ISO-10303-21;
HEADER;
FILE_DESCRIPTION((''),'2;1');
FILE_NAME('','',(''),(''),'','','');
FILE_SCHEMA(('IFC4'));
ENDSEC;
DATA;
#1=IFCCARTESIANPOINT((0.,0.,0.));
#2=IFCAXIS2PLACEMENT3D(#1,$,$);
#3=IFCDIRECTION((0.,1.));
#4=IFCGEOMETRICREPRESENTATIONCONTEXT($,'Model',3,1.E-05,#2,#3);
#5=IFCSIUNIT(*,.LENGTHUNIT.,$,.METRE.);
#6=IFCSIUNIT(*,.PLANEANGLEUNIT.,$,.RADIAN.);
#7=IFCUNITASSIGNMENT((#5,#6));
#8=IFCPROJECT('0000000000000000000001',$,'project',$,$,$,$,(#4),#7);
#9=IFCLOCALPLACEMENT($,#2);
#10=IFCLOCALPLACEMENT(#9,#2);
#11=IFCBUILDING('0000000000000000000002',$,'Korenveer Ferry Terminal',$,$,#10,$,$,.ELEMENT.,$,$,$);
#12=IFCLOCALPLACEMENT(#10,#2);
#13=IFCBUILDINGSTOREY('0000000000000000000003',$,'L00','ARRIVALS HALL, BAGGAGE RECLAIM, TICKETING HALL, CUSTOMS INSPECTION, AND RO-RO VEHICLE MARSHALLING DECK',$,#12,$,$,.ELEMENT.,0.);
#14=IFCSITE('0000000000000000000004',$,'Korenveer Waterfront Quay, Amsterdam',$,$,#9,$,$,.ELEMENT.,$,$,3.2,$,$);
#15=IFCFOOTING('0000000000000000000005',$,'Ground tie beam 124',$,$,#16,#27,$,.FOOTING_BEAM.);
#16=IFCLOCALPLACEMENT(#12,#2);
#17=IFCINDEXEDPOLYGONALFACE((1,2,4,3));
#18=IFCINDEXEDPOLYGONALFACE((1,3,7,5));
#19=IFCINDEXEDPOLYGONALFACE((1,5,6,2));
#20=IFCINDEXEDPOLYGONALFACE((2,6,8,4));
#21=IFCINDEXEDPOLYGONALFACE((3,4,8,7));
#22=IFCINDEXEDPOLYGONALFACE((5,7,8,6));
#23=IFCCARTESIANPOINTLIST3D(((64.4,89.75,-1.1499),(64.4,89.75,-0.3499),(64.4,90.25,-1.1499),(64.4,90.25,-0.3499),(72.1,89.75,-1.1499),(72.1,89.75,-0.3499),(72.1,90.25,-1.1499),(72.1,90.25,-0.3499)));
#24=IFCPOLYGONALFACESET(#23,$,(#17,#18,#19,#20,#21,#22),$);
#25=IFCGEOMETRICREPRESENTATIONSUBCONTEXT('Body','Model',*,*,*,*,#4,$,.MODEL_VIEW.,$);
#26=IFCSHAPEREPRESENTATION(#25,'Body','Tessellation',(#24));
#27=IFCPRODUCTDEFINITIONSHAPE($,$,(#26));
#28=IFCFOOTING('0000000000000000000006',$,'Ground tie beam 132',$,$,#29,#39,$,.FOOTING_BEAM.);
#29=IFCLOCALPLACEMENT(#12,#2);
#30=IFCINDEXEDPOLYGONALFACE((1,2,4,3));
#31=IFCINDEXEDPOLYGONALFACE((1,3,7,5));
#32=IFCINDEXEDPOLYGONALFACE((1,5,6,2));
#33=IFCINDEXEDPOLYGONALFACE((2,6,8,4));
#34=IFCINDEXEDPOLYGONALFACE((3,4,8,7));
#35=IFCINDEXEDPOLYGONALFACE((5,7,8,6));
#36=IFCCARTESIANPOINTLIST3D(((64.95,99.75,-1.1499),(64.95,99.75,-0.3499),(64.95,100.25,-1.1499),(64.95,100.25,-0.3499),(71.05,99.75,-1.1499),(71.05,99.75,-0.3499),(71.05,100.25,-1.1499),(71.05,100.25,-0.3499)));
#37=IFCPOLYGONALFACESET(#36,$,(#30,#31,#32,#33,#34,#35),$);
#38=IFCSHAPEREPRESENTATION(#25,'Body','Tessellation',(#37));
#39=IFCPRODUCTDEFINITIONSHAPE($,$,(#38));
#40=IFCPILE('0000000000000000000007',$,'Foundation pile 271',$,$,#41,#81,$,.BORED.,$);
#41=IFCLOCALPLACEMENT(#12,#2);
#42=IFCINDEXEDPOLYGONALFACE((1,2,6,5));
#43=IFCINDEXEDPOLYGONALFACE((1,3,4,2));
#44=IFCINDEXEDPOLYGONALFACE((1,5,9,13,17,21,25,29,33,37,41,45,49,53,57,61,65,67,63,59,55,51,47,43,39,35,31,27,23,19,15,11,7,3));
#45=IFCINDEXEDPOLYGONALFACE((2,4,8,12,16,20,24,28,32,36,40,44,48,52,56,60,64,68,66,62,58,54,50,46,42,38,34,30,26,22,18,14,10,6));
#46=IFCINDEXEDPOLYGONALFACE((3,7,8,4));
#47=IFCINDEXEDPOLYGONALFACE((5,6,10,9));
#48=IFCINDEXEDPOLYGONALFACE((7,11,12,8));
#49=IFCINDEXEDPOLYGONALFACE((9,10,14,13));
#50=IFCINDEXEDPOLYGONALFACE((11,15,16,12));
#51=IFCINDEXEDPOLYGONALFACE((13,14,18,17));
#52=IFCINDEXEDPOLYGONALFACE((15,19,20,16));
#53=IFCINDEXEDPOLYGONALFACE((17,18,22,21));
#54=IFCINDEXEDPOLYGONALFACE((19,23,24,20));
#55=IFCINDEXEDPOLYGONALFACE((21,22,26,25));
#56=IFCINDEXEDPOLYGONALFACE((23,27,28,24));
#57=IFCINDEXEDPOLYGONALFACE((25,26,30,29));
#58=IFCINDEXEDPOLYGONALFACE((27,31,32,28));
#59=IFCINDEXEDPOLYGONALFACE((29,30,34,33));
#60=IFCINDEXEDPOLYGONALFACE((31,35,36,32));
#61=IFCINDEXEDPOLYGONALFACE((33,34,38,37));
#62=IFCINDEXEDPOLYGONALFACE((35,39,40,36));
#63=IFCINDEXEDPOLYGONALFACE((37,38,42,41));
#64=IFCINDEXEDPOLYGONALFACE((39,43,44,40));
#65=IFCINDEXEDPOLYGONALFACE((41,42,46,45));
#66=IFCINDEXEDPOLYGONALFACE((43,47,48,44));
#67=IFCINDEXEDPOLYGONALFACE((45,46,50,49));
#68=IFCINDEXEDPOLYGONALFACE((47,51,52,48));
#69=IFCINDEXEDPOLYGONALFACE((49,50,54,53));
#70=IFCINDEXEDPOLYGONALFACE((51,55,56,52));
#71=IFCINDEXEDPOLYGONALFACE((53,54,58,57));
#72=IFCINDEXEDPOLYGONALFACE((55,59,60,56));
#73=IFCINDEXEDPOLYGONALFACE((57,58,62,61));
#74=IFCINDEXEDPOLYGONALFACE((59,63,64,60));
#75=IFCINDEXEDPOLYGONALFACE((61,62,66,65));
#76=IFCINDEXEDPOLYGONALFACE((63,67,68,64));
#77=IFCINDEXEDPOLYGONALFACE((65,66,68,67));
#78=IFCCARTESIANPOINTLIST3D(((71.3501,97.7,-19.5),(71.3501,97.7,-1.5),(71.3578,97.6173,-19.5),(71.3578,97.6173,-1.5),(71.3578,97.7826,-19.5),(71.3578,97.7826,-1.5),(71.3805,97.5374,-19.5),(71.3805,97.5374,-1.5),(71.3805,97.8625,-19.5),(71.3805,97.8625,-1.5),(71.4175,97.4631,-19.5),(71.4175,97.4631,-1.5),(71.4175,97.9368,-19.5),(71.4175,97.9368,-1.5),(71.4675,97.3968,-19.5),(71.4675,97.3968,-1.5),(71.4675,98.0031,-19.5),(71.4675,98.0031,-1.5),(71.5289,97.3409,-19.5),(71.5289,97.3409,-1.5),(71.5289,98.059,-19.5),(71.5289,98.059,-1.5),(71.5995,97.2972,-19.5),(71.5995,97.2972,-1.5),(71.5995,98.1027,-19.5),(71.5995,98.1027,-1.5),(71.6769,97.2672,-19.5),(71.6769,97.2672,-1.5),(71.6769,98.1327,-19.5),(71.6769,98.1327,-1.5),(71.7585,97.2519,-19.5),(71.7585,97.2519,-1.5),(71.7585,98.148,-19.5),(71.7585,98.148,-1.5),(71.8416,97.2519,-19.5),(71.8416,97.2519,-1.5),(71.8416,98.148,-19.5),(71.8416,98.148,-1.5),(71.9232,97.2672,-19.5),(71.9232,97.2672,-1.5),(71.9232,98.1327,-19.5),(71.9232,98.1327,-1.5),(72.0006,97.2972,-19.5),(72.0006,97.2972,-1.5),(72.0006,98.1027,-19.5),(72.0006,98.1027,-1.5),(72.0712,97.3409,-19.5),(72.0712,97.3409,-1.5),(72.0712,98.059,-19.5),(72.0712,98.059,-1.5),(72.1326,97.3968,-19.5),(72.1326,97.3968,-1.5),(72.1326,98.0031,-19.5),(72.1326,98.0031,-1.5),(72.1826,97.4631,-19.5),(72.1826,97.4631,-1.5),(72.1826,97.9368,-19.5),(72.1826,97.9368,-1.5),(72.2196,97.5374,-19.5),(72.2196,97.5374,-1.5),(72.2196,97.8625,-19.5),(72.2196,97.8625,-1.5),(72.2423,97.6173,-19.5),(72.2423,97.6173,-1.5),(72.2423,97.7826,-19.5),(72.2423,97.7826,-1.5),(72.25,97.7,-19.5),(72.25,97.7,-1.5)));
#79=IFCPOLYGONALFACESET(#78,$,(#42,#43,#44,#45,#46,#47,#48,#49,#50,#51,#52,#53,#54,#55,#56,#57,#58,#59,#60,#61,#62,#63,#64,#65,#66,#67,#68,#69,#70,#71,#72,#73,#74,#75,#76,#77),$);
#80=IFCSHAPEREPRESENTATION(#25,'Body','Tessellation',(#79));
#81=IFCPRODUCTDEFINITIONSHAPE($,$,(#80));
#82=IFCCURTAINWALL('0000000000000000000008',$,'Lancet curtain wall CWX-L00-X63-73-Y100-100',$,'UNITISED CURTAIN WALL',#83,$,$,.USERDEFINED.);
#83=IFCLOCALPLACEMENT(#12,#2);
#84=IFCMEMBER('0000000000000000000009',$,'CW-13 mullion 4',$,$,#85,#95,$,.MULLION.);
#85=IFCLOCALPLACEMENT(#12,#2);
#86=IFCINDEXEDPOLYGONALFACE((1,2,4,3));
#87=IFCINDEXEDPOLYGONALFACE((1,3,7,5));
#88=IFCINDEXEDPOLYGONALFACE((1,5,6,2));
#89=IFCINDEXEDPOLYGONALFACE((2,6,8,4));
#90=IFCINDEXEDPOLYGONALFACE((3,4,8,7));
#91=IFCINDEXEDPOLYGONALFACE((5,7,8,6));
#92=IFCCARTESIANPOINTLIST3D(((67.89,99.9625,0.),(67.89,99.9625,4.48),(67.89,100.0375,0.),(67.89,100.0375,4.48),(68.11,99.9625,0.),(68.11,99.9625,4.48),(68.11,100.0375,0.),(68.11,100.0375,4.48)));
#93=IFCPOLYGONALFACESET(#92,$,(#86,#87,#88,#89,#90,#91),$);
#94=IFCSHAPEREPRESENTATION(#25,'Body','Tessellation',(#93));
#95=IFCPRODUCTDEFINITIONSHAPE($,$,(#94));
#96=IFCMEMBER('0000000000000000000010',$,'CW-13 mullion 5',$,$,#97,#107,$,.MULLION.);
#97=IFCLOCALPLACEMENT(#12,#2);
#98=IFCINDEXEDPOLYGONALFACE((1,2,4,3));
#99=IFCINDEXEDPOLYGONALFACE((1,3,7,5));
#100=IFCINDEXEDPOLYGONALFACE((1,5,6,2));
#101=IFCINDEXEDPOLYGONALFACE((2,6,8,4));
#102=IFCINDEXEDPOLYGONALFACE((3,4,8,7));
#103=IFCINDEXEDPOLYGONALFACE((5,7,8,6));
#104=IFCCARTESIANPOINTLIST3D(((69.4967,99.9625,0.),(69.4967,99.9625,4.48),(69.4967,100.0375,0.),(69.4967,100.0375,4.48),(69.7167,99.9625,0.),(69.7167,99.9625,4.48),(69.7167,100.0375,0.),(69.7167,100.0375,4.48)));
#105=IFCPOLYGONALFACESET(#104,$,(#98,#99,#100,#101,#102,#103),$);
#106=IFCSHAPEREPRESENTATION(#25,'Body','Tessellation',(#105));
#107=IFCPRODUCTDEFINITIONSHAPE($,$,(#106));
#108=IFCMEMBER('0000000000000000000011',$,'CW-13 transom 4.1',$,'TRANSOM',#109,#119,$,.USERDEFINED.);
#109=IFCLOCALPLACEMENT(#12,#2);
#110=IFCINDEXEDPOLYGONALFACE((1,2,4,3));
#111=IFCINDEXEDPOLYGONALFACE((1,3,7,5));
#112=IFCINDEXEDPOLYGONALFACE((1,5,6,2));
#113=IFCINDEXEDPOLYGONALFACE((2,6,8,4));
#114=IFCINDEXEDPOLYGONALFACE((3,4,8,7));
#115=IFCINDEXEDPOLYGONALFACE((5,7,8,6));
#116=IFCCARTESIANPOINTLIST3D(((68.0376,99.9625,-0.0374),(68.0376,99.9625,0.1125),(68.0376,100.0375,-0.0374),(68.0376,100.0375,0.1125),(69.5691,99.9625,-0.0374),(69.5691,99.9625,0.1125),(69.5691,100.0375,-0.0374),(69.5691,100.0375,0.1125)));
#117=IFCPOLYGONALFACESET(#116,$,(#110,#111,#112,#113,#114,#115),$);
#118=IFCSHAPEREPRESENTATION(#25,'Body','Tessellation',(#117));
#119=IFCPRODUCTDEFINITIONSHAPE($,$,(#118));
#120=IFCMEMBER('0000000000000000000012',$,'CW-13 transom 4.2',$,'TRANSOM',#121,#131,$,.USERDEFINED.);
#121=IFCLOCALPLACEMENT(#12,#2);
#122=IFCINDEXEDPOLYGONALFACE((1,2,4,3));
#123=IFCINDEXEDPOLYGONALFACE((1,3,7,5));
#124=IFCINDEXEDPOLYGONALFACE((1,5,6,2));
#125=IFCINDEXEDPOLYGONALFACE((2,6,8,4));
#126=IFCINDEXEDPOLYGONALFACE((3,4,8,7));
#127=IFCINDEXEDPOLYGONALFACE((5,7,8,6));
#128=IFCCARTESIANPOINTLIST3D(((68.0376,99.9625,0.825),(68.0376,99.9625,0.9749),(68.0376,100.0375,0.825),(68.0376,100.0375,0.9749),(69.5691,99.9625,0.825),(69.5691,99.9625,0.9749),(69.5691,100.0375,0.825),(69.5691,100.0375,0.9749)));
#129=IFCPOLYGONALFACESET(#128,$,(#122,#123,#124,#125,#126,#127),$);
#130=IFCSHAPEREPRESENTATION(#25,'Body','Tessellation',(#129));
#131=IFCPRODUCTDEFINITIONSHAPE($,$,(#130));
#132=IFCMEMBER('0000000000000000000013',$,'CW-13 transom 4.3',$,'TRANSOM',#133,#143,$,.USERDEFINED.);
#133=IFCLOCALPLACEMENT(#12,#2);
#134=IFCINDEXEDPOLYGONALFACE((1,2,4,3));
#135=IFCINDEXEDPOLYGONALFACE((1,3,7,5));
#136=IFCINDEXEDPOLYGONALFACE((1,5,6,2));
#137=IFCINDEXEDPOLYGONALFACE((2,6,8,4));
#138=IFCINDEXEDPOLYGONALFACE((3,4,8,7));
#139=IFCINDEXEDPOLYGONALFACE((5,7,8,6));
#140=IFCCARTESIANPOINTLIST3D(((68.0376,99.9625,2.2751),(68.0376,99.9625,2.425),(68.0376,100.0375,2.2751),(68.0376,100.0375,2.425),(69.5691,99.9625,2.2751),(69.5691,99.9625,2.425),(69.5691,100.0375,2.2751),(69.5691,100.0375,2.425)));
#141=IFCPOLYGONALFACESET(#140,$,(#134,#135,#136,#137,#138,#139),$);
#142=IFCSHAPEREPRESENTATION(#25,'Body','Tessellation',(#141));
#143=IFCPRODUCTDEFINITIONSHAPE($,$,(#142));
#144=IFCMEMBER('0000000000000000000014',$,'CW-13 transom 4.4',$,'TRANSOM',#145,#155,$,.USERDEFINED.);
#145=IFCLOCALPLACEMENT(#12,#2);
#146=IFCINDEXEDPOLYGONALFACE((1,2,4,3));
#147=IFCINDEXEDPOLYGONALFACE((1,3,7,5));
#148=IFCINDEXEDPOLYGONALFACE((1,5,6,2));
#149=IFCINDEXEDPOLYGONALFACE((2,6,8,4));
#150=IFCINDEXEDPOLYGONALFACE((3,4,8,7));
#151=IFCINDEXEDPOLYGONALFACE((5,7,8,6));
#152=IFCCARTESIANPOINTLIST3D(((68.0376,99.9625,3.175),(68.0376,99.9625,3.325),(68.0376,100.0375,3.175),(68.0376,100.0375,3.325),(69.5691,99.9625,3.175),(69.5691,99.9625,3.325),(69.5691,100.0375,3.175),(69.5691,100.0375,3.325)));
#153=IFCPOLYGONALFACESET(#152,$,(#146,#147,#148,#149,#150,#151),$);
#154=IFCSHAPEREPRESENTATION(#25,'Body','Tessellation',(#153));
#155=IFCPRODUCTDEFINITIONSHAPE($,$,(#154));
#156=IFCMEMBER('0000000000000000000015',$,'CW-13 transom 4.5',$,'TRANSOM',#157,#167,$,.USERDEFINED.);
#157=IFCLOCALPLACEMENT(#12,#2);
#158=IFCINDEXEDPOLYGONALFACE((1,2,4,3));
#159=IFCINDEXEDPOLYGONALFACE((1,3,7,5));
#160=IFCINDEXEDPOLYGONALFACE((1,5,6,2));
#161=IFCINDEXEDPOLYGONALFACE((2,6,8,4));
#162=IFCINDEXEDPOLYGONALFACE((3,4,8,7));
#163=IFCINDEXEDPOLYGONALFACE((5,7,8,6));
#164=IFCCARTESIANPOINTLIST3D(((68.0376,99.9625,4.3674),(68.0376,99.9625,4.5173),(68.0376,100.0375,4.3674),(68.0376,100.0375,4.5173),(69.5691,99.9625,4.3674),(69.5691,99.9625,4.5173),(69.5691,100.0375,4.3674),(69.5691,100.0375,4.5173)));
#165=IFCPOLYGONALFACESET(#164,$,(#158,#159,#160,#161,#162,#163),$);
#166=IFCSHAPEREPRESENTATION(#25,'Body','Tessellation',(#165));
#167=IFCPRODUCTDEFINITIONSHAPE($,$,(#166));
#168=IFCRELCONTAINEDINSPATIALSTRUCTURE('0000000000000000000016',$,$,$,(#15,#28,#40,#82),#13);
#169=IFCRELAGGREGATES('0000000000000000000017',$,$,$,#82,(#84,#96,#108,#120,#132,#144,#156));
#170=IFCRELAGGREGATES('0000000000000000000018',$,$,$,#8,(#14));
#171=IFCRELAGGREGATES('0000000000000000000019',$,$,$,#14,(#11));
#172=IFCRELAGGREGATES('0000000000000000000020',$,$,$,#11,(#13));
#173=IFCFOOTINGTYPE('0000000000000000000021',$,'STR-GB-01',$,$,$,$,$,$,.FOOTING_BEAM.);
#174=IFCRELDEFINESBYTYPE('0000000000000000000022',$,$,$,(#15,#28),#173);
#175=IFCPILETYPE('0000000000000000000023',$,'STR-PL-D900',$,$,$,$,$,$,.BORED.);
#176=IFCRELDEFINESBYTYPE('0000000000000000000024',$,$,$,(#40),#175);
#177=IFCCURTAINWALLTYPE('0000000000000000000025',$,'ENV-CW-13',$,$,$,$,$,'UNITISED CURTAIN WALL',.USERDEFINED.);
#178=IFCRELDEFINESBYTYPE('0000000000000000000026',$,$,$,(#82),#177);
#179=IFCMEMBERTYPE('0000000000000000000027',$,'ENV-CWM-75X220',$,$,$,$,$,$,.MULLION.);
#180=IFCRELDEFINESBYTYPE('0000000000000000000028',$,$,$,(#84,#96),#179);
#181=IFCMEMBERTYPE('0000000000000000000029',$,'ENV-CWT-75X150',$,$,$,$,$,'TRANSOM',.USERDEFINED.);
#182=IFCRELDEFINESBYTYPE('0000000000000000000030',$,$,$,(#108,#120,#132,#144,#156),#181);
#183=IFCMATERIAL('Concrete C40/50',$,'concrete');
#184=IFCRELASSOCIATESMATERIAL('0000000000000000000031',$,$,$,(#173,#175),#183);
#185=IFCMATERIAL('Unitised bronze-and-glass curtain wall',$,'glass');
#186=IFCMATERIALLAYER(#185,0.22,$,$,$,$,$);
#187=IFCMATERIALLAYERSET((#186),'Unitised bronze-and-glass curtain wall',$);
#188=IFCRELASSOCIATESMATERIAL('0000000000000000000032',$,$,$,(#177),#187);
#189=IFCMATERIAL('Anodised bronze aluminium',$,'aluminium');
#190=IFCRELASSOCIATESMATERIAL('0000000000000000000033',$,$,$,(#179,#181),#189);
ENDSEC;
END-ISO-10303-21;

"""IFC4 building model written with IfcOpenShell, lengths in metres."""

from ifc_helpers import new_model, si_unit, direction, frame, origin, origin_2d, place, context, subcontext, project, spatial, rectangle, circle, extrude, material, layer, layer_set, material_profile, profile_set, type_object, element, aggregate, save


model = new_model("IFC4")

# Units and contexts
model_context = context("Model", 3, precision=1e-05, world=origin(), true_north=direction((0.0, 1.0)))
body_context = subcontext(model_context, "Body", "Model", "MODEL_VIEW")
ifc_project = project(units=[si_unit("LENGTHUNIT", "METRE"), si_unit("PLANEANGLEUNIT", "RADIAN")], contexts=[model_context])

# Site, building, storey
site_placement = place(None, origin())
site = spatial("IfcSite", under=ifc_project, at=site_placement, Name="Korenveer Waterfront Quay, Amsterdam", CompositionType="ELEMENT", RefElevation=3.2)
building_placement = place(site_placement, origin())
building = spatial("IfcBuilding", under=site, at=building_placement, Name="Korenveer Ferry Terminal", CompositionType="ELEMENT")
storey_placement = place(building_placement, origin())
storey = spatial("IfcBuildingStorey", under=building, at=storey_placement, Name="L00", Description="ARRIVALS HALL, BAGGAGE RECLAIM, TICKETING HALL, CUSTOMS INSPECTION, AND RO-RO VEHICLE MARSHALLING DECK", CompositionType="ELEMENT", Elevation=0.0)

# Footings
ifc_material_1 = material(Name="Concrete C40/50", Category="concrete")
footing_type = type_object("IfcFootingType", Name="STR-GB-01", PredefinedType="FOOTING_BEAM", material=ifc_material_1)
footing_1_placement = place(storey_placement, frame((68.25, 90.0, -1.1499), z_axis=(0.0, 0.0, 1.0), x_axis=(1.0, 0.0, 0.0)))
element("IfcFooting", 1, at=footing_1_placement, inside=storey, type_object=footing_type, Name="Ground tie beam 124", PredefinedType="FOOTING_BEAM", context=body_context, shape_type="SweptSolid", body=[
    extrude(rectangle(XDim=7.7, YDim=0.5, at=origin_2d()), origin(), (0.0, 0.0, 1.0), 0.8),
])
footing_2_placement = place(storey_placement, frame((68.0, 100.0, -1.1499), z_axis=(0.0, 0.0, 1.0), x_axis=(1.0, 0.0, 0.0)))
element("IfcFooting", 2, at=footing_2_placement, inside=storey, type_object=footing_type, Name="Ground tie beam 132", PredefinedType="FOOTING_BEAM", context=body_context, shape_type="SweptSolid", body=[
    extrude(rectangle(XDim=6.1001, YDim=0.5, at=origin_2d()), origin(), (0.0, 0.0, 1.0), 0.8),
])

# Pile
ifc_material_profile_1 = material_profile(ifc_material_1, circle(Radius=0.45, at=origin_2d()), Name="PILE D900")
ifc_profile_set_1 = profile_set([ifc_material_profile_1], Name="Concrete C40/50")
pile_type = type_object("IfcPileType", Name="STR-PL-D900", PredefinedType="BORED", material=ifc_profile_set_1)
pile_placement = place(storey_placement, frame((71.8, 97.7, -1.5), z_axis=(0.0, 0.0, -1.0), x_axis=(1.0, 0.0, 0.0)))
element("IfcPile", 3, at=pile_placement, inside=storey, type_object=pile_type, Name="Foundation pile 271", PredefinedType="BORED", context=body_context, shape_type="SweptSolid", body=[
    extrude(circle(Radius=0.45, at=origin_2d()), origin(), (0.0, 0.0, 1.0), 18.0),
])

# Curtain wall, members
ifc_material_2 = material(Name="Unitised bronze-and-glass curtain wall", Category="glass")
ifc_layer_1 = layer(ifc_material_2, 0.22)
ifc_layer_set_1 = layer_set([ifc_layer_1], Name="Unitised bronze-and-glass curtain wall")
curtain_wall_type = type_object("IfcCurtainWallType", Name="ENV-CW-13", ElementType="UNITISED CURTAIN WALL", PredefinedType="USERDEFINED", material=ifc_layer_set_1)
curtain_wall_placement = place(storey_placement, frame((63.1799, 100.0, 0.0)))
curtain_wall = element("IfcCurtainWall", 4, at=curtain_wall_placement, inside=storey, type_object=curtain_wall_type, Name="Lancet curtain wall CWX-L00-X63-73-Y100-100", ObjectType="UNITISED CURTAIN WALL", PredefinedType="USERDEFINED")
ifc_material_3 = material(Name="Anodised bronze aluminium", Category="aluminium")
ifc_material_profile_2 = material_profile(ifc_material_3, rectangle(XDim=0.075, YDim=0.22, at=origin_2d()), Name="ALU 75x220")
ifc_profile_set_2 = profile_set([ifc_material_profile_2], Name="Anodised bronze aluminium")
member_type_1 = type_object("IfcMemberType", Name="ENV-CWM-75X220", PredefinedType="MULLION", material=ifc_profile_set_2)
member_1_placement = place(storey_placement, frame((68.0, 100.0, 0.0), z_axis=(0.0, 0.0, 1.0), x_axis=(0.0, 1.0, 0.0)))
member_1 = element("IfcMember", 5, at=member_1_placement, type_object=member_type_1, Name="CW-13 mullion 4", PredefinedType="MULLION", context=body_context, shape_type="SweptSolid", body=[
    extrude(rectangle(XDim=0.075, YDim=0.22, at=origin_2d()), origin(), (0.0, 0.0, 1.0), 4.48),
])
member_2_placement = place(storey_placement, frame((69.6067, 100.0, 0.0), z_axis=(0.0, 0.0, 1.0), x_axis=(0.0, 1.0, 0.0)))
member_2 = element("IfcMember", 6, at=member_2_placement, type_object=member_type_1, Name="CW-13 mullion 5", PredefinedType="MULLION", context=body_context, shape_type="SweptSolid", body=[
    extrude(rectangle(XDim=0.075, YDim=0.22, at=origin_2d()), origin(), (0.0, 0.0, 1.0), 4.48),
])
ifc_material_profile_3 = material_profile(ifc_material_3, rectangle(XDim=0.075, YDim=0.1499, at=origin_2d()), Name="ALU 75x150")
ifc_profile_set_3 = profile_set([ifc_material_profile_3], Name="Anodised bronze aluminium")
member_type_2 = type_object("IfcMemberType", Name="ENV-CWT-75X150", ElementType="TRANSOM", PredefinedType="USERDEFINED", material=ifc_profile_set_3)
member_3_placement = place(storey_placement, frame((68.0376, 100.0, 0.0376), z_axis=(1.0, 0.0, 0.0), x_axis=(0.0, 1.0, 0.0)))
member_3 = element("IfcMember", 7, at=member_3_placement, type_object=member_type_2, Name="CW-13 transom 4.1", ObjectType="TRANSOM", PredefinedType="USERDEFINED", context=body_context, shape_type="SweptSolid", body=[
    extrude(rectangle(XDim=0.075, YDim=0.1499, at=origin_2d()), origin(), (0.0, 0.0, 1.0), 1.5315),
])
member_4_placement = place(storey_placement, frame((68.0376, 100.0, 0.8999), z_axis=(1.0, 0.0, 0.0), x_axis=(0.0, 1.0, 0.0)))
member_4 = element("IfcMember", 8, at=member_4_placement, type_object=member_type_2, Name="CW-13 transom 4.2", ObjectType="TRANSOM", PredefinedType="USERDEFINED", context=body_context, shape_type="SweptSolid", body=[
    extrude(rectangle(XDim=0.075, YDim=0.1499, at=origin_2d()), origin(), (0.0, 0.0, 1.0), 1.5315),
])
member_5_placement = place(storey_placement, frame((68.0376, 100.0, 2.3501), z_axis=(1.0, 0.0, 0.0), x_axis=(0.0, 1.0, 0.0)))
member_5 = element("IfcMember", 9, at=member_5_placement, type_object=member_type_2, Name="CW-13 transom 4.3", ObjectType="TRANSOM", PredefinedType="USERDEFINED", context=body_context, shape_type="SweptSolid", body=[
    extrude(rectangle(XDim=0.075, YDim=0.1499, at=origin_2d()), origin(), (0.0, 0.0, 1.0), 1.5315),
])
member_6_placement = place(storey_placement, frame((68.0376, 100.0, 3.25), z_axis=(1.0, 0.0, 0.0), x_axis=(0.0, 1.0, 0.0)))
member_6 = element("IfcMember", 10, at=member_6_placement, type_object=member_type_2, Name="CW-13 transom 4.4", ObjectType="TRANSOM", PredefinedType="USERDEFINED", context=body_context, shape_type="SweptSolid", body=[
    extrude(rectangle(XDim=0.075, YDim=0.1499, at=origin_2d()), origin(), (0.0, 0.0, 1.0), 1.5315),
])
member_7_placement = place(storey_placement, frame((68.0376, 100.0, 4.4424), z_axis=(1.0, 0.0, 0.0), x_axis=(0.0, 1.0, 0.0)))
member_7 = element("IfcMember", 11, at=member_7_placement, type_object=member_type_2, Name="CW-13 transom 4.5", ObjectType="TRANSOM", PredefinedType="USERDEFINED", context=body_context, shape_type="SweptSolid", body=[
    extrude(rectangle(XDim=0.075, YDim=0.1499, at=origin_2d()), origin(), (0.0, 0.0, 1.0), 1.5315),
])

aggregate(curtain_wall, [member_1, member_2, member_3, member_4, member_5, member_6, member_7])

save(model, "model.ifc")
